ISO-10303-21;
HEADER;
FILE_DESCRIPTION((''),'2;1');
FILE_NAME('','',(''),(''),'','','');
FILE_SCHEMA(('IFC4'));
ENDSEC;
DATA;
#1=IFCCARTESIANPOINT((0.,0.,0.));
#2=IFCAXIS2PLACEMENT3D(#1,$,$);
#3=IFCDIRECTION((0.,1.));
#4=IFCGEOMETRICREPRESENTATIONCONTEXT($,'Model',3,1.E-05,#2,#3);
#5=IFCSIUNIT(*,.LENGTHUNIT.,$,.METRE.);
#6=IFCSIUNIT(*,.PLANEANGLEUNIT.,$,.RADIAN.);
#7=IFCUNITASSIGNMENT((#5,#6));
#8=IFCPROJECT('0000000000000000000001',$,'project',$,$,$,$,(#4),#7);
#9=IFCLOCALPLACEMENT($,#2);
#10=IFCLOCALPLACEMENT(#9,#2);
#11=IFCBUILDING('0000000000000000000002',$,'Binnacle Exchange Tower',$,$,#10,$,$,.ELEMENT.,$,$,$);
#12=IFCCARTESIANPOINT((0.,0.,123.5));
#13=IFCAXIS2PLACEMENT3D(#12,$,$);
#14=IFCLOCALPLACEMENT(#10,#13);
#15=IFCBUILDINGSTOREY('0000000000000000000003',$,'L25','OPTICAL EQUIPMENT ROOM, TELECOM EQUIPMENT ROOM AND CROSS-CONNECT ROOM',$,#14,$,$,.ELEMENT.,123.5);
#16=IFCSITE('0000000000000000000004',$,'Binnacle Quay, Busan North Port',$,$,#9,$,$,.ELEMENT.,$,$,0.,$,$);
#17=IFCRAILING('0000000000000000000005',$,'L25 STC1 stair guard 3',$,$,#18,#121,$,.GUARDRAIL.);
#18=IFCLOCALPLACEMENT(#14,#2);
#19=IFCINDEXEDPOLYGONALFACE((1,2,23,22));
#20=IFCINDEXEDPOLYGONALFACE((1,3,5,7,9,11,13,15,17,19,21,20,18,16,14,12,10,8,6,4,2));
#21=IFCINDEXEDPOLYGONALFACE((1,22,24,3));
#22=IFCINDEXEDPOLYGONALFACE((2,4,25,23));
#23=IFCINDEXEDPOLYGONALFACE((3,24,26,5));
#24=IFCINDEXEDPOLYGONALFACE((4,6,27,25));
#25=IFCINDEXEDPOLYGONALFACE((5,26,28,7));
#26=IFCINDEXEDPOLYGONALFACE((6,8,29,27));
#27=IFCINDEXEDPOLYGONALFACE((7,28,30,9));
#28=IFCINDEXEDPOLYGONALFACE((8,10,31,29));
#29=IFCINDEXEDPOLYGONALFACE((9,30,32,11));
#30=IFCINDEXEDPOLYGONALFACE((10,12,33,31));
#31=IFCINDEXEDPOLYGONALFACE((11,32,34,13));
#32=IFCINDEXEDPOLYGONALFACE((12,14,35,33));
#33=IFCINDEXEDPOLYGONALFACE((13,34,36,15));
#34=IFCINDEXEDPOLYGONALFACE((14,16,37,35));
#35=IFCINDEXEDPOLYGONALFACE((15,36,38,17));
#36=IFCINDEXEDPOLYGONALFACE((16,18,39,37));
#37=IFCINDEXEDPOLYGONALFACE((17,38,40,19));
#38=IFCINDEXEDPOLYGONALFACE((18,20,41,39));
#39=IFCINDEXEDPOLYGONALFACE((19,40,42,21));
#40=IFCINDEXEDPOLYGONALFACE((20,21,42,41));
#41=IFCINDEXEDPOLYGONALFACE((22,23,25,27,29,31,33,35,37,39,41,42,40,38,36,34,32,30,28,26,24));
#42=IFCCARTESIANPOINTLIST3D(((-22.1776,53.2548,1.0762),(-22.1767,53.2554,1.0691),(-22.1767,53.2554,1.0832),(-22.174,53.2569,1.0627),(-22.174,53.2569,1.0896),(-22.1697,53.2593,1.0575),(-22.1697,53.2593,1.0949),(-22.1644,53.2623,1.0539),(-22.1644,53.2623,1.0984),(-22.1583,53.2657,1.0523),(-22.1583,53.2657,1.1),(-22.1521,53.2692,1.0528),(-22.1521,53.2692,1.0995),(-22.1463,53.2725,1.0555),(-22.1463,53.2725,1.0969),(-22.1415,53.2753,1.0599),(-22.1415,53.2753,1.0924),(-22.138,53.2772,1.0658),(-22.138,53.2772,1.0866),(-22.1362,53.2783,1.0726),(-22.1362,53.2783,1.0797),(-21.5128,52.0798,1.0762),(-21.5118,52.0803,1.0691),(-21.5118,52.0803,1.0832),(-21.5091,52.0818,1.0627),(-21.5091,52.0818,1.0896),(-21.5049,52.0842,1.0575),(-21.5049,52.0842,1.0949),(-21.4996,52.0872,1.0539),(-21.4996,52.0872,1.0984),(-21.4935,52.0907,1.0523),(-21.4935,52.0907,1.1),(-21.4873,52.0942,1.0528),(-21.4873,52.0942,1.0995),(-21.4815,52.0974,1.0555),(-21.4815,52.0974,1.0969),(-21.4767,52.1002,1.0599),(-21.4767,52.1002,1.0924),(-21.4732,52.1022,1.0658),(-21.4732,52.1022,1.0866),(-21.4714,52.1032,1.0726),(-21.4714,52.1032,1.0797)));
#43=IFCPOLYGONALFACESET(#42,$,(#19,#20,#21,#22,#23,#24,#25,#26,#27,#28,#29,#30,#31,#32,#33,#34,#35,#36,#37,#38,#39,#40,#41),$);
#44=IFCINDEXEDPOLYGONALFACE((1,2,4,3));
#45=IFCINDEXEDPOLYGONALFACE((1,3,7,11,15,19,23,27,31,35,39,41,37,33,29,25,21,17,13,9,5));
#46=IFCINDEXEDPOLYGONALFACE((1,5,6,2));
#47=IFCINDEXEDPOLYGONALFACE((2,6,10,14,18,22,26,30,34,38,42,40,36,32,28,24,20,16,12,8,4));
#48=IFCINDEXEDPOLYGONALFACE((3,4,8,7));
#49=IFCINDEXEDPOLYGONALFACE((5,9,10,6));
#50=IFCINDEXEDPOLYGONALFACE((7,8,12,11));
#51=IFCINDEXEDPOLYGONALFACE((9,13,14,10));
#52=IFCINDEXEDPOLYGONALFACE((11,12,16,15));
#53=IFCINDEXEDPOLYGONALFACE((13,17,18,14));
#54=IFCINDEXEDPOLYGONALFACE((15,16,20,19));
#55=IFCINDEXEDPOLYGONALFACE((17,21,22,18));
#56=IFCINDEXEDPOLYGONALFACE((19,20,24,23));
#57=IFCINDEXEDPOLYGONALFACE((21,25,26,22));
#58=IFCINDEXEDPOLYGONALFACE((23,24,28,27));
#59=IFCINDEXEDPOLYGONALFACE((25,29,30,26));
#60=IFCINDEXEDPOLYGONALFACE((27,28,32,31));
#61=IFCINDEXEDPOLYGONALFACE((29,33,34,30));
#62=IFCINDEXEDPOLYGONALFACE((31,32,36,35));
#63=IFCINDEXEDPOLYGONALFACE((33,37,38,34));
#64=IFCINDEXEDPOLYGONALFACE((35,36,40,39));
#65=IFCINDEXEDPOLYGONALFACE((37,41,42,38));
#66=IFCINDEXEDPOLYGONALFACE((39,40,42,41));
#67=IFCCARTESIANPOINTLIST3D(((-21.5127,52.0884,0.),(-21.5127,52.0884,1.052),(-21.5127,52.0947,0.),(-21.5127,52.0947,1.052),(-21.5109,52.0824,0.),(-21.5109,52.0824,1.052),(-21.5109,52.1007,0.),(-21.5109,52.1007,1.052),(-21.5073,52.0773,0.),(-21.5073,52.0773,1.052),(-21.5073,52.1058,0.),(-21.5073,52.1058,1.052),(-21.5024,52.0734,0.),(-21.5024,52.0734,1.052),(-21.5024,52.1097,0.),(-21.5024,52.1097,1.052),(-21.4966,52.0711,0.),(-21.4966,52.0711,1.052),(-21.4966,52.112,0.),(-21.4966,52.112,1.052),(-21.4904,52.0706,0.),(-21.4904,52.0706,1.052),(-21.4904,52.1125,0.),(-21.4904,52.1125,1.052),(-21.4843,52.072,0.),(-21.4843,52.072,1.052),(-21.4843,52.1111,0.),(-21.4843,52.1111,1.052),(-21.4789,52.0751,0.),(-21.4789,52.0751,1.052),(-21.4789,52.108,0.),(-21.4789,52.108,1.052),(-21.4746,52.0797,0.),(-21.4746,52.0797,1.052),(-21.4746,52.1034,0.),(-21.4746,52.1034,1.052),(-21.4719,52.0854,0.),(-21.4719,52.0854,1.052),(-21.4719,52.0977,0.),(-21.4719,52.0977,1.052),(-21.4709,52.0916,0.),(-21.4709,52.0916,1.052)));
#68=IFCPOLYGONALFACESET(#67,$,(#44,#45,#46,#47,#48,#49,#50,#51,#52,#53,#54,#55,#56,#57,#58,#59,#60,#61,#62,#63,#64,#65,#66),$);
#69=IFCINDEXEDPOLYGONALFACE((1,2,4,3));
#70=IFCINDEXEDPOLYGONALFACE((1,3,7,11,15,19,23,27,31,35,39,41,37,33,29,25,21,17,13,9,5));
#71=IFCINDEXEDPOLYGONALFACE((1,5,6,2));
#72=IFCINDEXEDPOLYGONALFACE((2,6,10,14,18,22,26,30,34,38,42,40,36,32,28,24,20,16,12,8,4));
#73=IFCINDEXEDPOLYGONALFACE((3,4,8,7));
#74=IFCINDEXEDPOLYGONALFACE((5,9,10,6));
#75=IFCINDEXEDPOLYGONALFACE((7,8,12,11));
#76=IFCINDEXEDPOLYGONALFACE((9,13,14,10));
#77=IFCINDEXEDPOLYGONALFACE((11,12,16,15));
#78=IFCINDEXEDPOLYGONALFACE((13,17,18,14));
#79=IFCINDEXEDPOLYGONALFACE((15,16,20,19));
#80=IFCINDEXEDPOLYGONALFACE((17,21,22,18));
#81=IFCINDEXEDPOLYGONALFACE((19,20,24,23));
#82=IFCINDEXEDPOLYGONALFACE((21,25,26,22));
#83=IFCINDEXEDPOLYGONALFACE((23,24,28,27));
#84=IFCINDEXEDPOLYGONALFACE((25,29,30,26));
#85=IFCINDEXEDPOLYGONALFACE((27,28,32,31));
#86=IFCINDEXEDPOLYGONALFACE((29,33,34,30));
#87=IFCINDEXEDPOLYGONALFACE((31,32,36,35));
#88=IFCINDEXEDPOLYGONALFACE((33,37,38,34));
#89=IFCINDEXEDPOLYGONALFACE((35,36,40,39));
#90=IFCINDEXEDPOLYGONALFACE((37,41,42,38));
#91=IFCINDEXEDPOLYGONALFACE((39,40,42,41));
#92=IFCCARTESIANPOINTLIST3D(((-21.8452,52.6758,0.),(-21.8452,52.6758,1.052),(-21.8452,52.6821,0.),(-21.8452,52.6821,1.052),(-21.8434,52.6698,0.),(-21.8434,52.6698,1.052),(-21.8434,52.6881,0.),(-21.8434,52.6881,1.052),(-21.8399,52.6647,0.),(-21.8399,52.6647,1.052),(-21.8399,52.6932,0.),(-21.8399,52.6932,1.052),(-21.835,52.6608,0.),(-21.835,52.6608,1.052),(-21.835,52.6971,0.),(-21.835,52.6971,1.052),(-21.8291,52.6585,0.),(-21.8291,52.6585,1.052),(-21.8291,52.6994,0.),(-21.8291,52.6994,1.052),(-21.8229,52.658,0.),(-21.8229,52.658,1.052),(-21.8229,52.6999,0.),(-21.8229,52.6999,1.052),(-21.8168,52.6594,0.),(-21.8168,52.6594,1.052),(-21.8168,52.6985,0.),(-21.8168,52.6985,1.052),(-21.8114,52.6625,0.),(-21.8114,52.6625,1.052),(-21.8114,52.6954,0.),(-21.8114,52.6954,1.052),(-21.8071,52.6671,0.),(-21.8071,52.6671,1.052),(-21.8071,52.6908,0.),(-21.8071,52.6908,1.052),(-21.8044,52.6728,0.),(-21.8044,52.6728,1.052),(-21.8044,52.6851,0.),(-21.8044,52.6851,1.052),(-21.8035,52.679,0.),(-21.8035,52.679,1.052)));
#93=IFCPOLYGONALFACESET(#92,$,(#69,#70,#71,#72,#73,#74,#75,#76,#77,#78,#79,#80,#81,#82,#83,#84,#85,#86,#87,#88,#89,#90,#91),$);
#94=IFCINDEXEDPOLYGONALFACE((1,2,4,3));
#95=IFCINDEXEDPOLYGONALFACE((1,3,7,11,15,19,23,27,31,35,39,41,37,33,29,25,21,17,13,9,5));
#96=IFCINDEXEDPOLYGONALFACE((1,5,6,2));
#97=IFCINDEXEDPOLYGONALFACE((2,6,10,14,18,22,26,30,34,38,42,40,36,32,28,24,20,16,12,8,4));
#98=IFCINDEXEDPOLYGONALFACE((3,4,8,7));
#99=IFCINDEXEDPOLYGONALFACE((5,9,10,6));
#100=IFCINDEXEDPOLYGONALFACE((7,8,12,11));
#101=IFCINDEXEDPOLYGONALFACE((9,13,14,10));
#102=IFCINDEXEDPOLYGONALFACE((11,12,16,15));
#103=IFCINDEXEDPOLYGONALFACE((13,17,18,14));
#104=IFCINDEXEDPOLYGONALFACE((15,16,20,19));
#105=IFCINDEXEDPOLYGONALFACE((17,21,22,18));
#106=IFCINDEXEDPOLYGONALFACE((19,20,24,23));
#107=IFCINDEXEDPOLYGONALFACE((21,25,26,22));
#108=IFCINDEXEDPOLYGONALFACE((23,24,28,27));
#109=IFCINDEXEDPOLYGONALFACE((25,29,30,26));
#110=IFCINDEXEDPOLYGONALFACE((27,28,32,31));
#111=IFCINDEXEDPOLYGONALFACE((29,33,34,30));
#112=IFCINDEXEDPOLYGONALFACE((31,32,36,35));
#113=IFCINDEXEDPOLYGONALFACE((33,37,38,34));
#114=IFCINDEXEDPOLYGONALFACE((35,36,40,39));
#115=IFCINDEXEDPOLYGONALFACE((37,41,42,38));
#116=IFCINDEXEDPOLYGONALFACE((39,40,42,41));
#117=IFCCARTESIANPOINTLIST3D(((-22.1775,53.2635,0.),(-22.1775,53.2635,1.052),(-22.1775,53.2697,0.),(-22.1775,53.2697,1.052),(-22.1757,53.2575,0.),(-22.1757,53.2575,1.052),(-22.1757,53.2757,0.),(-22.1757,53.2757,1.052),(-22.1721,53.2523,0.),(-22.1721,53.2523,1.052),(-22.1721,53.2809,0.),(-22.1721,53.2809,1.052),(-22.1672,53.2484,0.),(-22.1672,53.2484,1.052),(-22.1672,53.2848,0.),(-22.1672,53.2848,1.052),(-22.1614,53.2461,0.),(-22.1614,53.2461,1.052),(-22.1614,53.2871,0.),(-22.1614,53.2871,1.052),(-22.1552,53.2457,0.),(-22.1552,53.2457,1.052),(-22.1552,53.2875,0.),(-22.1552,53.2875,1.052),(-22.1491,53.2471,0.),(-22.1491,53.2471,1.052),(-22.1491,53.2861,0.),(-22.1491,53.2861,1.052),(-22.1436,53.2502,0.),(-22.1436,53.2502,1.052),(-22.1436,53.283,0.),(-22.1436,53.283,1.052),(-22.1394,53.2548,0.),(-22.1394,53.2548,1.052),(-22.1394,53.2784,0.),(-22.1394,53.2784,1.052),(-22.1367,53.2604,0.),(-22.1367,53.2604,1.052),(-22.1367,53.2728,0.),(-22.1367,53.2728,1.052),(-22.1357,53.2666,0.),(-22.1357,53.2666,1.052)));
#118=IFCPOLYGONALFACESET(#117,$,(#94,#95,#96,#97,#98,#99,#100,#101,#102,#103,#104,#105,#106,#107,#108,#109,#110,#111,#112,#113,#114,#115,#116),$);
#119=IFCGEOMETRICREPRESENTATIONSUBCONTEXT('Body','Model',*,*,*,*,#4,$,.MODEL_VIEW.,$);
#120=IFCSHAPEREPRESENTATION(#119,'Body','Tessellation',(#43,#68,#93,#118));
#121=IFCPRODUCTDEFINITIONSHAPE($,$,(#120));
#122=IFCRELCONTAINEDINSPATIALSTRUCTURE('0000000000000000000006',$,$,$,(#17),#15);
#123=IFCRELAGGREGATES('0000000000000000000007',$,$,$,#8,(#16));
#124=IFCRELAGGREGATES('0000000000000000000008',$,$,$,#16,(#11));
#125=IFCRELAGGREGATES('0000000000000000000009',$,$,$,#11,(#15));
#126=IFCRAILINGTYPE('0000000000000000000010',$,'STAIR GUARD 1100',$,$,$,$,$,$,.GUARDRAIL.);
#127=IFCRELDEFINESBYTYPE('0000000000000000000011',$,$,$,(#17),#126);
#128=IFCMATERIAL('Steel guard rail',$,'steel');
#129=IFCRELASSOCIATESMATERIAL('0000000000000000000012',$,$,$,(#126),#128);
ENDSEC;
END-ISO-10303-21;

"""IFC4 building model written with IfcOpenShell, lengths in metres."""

from ifc_helpers import new_model, si_unit, direction, frame, origin, origin_2d, place, context, subcontext, project, spatial, circle, extrude, material, type_object, element, save


model = new_model("IFC4")

# Units and contexts
model_context = context("Model", 3, precision=1e-05, world=origin(), true_north=direction((0.0, 1.0)))
body_context = subcontext(model_context, "Body", "Model", "MODEL_VIEW")
ifc_project = project(units=[si_unit("LENGTHUNIT", "METRE"), si_unit("PLANEANGLEUNIT", "RADIAN")], contexts=[model_context])

# Site, building, storey
site_placement = place(None, origin())
site = spatial("IfcSite", under=ifc_project, at=site_placement, Name="Binnacle Quay, Busan North Port", CompositionType="ELEMENT", RefElevation=0.0)
building_placement = place(site_placement, origin())
building = spatial("IfcBuilding", under=site, at=building_placement, Name="Binnacle Exchange Tower", CompositionType="ELEMENT")
storey_placement = place(building_placement, frame((0.0, 0.0, 123.5)))
storey = spatial("IfcBuildingStorey", under=building, at=storey_placement, Name="L25", Description="OPTICAL EQUIPMENT ROOM, TELECOM EQUIPMENT ROOM AND CROSS-CONNECT ROOM", CompositionType="ELEMENT", Elevation=123.5)

# Railing
ifc_material_1 = material(Name="Steel guard rail", Category="steel")
railing_type_1 = type_object("IfcRailingType", Name="STAIR GUARD 1100", PredefinedType="GUARDRAIL", material=ifc_material_1)
railing_1_placement = place(storey_placement, frame((-21.4919, 52.0916, 0.0)))
element("IfcRailing", 1, at=railing_1_placement, inside=storey, type_object=railing_type_1, Name="L25 STC1 stair guard 3", PredefinedType="GUARDRAIL", context=body_context, shape_type="SweptSolid", body=[
    extrude(circle(Radius=0.0239, at=origin_2d()), frame((0.0, 0.0, 1.0762), z_axis=(-0.492415, 0.870361, 0.0), x_axis=(-0.870361, -0.492415, 0.0)), (0.0, 0.0, 1.0), 1.3501),
    extrude(circle(Radius=0.021, at=origin_2d()), origin(), (0.0, 0.0, 1.0), 1.052),
    extrude(circle(Radius=0.021, at=origin_2d()), frame((-0.3325, 0.5874, 0.0)), (0.0, 0.0, 1.0), 1.052),
    extrude(circle(Radius=0.021, at=origin_2d()), frame((-0.6648, 1.175, 0.0)), (0.0, 0.0, 1.0), 1.052),
])

save(model, "model.ifc")
